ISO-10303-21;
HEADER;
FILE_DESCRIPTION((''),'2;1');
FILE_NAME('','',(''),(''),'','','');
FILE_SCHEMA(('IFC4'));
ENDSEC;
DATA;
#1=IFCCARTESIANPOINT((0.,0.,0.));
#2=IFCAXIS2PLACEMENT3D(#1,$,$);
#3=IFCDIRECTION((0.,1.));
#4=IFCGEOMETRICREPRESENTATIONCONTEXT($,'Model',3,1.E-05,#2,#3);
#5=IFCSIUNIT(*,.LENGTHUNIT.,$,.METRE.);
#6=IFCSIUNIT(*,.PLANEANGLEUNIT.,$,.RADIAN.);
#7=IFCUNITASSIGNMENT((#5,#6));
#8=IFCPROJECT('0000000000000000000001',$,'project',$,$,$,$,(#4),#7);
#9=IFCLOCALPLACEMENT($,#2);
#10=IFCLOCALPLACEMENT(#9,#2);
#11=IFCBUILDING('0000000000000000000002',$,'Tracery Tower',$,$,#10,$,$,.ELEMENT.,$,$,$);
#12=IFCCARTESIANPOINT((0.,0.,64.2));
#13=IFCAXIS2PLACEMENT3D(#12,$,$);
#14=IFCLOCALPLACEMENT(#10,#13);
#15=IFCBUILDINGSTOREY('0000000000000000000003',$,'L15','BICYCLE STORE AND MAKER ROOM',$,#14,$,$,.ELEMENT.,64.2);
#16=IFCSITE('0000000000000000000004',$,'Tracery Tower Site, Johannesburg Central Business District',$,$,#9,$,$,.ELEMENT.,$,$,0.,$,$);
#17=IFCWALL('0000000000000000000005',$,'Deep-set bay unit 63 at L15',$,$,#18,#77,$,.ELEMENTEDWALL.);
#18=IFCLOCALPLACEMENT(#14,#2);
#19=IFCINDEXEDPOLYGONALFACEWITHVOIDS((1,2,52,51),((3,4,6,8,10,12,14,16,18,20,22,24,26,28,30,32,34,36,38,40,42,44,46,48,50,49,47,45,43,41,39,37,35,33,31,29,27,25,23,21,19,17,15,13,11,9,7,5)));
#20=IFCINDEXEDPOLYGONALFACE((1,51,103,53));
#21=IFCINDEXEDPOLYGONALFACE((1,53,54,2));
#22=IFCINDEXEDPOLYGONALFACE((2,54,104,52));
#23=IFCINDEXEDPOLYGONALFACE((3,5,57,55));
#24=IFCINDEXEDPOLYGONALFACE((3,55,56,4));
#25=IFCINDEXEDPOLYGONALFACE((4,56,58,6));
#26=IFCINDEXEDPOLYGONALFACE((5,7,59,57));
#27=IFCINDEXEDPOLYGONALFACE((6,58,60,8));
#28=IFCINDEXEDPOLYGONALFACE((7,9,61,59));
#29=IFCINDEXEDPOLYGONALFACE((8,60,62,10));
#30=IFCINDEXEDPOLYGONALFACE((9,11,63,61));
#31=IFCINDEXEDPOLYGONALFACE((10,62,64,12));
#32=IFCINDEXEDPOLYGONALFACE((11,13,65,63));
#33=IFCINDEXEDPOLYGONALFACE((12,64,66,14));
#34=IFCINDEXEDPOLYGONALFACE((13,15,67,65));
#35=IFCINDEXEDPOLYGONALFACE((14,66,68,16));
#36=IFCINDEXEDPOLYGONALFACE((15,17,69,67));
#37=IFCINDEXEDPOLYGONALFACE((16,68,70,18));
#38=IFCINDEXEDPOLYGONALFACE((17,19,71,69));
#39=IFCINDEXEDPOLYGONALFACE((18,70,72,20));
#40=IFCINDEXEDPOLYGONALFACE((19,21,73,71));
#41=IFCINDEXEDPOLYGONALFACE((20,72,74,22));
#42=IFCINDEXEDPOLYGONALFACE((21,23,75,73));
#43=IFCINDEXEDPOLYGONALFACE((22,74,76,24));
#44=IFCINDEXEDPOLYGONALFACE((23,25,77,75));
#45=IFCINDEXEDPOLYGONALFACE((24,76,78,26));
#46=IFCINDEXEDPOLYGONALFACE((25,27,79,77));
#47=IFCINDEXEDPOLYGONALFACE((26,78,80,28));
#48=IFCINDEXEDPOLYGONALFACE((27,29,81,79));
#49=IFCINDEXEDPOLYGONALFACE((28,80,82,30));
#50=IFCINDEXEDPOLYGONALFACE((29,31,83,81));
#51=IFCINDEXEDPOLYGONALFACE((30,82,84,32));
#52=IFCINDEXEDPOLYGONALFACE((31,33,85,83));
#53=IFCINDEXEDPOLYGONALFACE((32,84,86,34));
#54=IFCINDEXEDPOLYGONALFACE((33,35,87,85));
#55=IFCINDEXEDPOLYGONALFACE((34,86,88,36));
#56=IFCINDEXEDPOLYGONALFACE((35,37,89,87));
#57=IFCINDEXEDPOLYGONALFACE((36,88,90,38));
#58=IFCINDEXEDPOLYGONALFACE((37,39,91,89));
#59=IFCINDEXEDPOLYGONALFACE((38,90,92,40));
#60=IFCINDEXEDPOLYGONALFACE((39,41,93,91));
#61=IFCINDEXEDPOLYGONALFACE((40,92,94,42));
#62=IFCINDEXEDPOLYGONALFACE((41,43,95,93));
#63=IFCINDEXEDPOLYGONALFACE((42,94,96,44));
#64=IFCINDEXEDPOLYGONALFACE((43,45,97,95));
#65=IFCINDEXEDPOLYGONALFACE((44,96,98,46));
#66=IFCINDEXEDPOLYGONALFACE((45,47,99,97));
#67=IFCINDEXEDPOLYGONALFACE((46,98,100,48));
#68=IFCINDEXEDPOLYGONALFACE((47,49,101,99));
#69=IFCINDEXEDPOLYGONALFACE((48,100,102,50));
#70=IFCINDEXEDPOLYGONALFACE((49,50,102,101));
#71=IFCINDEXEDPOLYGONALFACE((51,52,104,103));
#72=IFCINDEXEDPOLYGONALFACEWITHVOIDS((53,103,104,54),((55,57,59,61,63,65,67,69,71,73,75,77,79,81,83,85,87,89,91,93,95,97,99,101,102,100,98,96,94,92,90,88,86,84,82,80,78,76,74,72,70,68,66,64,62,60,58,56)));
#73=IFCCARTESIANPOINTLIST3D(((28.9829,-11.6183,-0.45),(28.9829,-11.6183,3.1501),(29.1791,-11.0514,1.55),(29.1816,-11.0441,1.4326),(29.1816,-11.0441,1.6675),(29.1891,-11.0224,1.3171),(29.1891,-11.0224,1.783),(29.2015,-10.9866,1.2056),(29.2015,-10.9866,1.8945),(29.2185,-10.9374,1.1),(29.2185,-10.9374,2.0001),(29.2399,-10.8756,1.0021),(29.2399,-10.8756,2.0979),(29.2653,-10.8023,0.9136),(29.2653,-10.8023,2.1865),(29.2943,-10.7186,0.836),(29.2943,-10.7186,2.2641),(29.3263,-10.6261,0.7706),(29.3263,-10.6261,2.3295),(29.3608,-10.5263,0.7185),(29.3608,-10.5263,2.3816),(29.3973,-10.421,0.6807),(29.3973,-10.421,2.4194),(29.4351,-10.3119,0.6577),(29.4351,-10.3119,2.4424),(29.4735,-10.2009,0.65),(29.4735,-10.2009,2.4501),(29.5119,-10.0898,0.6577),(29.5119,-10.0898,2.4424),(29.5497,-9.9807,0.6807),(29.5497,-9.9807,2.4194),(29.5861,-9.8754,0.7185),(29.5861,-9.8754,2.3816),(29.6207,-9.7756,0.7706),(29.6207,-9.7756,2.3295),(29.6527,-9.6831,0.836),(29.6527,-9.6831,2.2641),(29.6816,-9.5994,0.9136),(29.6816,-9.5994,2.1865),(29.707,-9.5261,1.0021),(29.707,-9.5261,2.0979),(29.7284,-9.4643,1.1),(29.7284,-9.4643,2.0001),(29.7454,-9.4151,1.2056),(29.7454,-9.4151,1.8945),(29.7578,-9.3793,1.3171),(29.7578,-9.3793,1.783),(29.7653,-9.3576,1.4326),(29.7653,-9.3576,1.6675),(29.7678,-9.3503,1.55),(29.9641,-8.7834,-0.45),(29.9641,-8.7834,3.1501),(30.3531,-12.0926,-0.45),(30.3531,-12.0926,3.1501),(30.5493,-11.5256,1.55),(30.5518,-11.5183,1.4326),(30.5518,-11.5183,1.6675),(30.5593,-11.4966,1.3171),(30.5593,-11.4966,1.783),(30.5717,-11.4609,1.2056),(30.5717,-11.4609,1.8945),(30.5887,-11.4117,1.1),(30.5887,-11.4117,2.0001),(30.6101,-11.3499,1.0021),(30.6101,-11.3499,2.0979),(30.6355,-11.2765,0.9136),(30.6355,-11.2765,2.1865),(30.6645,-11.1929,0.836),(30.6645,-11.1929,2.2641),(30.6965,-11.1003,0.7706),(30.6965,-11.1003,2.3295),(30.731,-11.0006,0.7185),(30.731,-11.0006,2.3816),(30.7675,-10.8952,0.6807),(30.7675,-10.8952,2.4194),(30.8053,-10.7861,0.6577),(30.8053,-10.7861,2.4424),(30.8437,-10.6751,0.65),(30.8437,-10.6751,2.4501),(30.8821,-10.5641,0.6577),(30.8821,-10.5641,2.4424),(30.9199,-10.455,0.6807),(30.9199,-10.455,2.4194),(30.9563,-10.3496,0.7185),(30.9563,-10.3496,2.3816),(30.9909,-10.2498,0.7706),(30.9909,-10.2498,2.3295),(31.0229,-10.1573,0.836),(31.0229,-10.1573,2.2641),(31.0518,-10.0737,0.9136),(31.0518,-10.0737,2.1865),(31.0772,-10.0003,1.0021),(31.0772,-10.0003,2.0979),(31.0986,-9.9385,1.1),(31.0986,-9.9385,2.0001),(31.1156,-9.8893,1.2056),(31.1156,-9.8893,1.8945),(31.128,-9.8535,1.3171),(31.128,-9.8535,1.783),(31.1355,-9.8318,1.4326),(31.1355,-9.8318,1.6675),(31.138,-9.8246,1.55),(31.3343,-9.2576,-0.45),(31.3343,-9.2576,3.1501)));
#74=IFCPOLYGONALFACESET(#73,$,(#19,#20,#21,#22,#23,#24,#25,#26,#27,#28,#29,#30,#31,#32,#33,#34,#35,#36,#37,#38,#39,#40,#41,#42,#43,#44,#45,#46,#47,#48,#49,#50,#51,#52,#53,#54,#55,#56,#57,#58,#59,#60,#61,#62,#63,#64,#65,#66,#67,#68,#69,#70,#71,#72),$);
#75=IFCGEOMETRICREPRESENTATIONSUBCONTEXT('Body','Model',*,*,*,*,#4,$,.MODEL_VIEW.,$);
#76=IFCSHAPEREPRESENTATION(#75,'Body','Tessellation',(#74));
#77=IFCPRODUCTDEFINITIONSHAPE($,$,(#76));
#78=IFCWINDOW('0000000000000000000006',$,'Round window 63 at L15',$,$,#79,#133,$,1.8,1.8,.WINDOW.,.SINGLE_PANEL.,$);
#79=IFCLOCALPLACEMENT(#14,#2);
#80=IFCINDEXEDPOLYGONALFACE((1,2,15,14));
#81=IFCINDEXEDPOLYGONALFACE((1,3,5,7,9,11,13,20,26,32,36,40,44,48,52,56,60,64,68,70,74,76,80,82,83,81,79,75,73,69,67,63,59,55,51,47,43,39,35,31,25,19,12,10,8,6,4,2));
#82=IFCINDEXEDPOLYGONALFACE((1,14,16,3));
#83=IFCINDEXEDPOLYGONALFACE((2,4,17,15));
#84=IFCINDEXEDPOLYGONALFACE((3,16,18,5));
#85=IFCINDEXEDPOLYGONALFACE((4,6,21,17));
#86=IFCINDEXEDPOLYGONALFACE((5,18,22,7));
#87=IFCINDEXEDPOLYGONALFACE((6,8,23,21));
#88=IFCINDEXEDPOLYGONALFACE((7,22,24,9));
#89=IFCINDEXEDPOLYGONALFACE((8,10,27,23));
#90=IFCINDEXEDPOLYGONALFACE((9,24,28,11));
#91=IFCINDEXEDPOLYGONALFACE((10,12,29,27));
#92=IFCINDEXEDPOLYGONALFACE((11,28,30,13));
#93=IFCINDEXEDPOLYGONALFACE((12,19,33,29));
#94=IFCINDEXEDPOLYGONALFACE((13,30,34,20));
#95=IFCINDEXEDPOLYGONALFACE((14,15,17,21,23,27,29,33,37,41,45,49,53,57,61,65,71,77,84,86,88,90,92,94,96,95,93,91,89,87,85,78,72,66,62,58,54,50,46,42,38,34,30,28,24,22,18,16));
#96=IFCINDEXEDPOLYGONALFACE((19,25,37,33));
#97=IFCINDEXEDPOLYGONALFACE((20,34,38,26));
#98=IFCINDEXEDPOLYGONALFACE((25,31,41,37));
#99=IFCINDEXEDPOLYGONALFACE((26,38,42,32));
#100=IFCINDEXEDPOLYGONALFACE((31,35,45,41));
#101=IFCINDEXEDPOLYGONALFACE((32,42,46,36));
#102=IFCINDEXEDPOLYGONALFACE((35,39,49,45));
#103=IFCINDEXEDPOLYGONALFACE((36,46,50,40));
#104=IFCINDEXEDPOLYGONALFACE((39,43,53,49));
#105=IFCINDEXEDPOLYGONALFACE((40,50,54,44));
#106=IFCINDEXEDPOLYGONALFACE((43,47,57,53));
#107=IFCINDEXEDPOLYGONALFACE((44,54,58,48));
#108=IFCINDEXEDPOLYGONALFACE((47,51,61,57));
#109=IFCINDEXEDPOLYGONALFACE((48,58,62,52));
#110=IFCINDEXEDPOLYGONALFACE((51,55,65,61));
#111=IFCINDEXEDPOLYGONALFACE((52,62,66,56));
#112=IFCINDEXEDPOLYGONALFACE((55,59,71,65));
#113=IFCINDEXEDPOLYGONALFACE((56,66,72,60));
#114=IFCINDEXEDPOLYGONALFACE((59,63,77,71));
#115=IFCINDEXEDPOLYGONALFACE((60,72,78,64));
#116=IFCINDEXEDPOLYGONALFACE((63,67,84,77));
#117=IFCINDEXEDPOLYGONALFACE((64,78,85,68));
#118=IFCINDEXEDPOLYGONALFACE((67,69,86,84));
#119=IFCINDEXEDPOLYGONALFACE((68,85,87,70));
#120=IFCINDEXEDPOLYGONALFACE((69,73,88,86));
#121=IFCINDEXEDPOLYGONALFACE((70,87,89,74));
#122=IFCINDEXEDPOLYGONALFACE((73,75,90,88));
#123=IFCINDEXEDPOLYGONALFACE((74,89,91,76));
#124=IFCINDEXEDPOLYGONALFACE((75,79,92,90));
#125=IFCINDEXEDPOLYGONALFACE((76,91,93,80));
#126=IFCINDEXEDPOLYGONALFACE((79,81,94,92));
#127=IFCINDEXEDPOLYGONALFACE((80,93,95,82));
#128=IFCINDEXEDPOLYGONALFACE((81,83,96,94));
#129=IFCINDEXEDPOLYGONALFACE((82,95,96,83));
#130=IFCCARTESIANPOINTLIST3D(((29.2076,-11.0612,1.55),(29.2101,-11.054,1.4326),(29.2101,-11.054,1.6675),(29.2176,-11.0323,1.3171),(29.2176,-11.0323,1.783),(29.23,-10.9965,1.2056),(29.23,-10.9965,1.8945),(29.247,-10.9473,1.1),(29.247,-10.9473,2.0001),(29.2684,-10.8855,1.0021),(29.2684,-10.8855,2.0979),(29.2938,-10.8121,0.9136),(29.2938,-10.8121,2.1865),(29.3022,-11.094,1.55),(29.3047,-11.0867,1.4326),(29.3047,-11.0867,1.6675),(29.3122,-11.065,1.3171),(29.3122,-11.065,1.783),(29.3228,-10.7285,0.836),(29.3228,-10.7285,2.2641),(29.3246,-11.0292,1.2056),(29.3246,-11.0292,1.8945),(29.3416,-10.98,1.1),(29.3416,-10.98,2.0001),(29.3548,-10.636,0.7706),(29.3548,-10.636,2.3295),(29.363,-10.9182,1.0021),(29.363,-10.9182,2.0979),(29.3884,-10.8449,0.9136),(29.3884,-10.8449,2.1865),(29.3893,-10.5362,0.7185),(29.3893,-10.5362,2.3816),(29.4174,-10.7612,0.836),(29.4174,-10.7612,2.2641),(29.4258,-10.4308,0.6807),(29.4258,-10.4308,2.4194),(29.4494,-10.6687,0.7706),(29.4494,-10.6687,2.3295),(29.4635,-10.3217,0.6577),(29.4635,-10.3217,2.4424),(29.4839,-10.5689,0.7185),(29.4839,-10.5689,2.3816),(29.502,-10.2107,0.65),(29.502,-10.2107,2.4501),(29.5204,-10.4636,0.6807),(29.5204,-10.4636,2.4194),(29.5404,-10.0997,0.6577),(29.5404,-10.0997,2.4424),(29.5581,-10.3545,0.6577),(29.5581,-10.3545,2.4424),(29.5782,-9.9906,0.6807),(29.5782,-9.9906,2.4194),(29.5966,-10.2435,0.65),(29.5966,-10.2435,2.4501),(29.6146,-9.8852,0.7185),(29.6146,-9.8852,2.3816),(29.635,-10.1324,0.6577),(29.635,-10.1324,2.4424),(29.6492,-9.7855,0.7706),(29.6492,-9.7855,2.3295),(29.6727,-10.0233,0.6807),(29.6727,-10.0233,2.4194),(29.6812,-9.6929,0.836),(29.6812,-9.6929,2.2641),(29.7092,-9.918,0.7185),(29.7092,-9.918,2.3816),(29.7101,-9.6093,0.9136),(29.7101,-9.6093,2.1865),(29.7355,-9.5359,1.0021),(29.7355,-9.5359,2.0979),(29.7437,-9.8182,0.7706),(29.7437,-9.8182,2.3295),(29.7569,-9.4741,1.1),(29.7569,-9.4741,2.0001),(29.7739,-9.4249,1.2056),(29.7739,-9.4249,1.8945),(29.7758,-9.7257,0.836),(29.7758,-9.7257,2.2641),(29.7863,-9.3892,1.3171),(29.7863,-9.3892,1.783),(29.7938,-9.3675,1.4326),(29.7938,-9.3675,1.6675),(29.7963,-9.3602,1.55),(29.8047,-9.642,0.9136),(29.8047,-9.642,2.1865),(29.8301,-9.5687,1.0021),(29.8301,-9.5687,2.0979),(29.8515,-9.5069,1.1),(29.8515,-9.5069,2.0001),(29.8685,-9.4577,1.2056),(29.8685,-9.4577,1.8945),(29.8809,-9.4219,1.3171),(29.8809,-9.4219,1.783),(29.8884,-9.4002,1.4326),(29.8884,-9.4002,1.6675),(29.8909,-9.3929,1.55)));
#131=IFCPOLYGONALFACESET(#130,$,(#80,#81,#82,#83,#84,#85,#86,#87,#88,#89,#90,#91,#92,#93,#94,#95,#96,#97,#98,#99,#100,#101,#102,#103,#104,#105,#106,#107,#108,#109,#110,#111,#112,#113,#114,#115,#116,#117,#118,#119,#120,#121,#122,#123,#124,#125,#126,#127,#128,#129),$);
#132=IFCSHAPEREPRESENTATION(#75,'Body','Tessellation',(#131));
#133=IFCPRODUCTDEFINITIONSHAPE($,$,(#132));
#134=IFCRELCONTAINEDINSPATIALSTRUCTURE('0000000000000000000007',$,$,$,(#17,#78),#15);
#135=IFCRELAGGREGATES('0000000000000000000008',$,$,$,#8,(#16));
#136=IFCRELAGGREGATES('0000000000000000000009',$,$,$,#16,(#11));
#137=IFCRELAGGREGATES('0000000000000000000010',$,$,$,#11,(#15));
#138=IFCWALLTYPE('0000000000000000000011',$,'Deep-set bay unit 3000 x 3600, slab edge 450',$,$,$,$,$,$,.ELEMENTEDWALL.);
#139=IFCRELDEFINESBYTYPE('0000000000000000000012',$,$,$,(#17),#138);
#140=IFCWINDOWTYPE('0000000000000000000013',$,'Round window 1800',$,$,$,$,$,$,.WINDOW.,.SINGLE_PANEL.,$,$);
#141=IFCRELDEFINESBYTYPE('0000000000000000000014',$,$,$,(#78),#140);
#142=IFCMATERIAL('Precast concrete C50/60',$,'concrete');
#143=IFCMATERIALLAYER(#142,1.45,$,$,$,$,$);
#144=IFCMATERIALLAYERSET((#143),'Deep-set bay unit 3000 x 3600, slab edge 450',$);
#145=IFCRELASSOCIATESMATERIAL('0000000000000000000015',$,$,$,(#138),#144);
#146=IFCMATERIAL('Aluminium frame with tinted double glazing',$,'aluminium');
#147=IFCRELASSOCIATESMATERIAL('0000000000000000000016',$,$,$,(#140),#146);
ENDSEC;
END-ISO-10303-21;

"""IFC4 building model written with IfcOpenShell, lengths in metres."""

from ifc_helpers import new_model, si_unit, direction, frame, frame_2d, origin, origin_2d, place, context, subcontext, project, spatial, rectangle, circle, extrude, material, layer, layer_set, type_object, element, fill, save


model = new_model("IFC4")

# Units and contexts
model_context = context("Model", 3, precision=1e-05, world=origin(), true_north=direction((0.0, 1.0)))
body_context = subcontext(model_context, "Body", "Model", "MODEL_VIEW")
ifc_project = project(units=[si_unit("LENGTHUNIT", "METRE"), si_unit("PLANEANGLEUNIT", "RADIAN")], contexts=[model_context])

# Site, building, storey
site_placement = place(None, origin())
site = spatial("IfcSite", under=ifc_project, at=site_placement, Name="Tracery Tower Site, Johannesburg Central Business District", CompositionType="ELEMENT", RefElevation=0.0)
building_placement = place(site_placement, origin())
building = spatial("IfcBuilding", under=site, at=building_placement, Name="Tracery Tower", CompositionType="ELEMENT")
storey_placement = place(building_placement, frame((0.0, 0.0, 64.2)))
storey = spatial("IfcBuildingStorey", under=building, at=storey_placement, Name="L15", Description="BICYCLE STORE AND MAKER ROOM", CompositionType="ELEMENT", Elevation=64.2)

# Wall, opening, window
ifc_material_1 = material(Name="Precast concrete C50/60", Category="concrete")
ifc_layer_1 = layer(ifc_material_1, 1.45)
ifc_layer_set_1 = layer_set([ifc_layer_1], Name="Deep-set bay unit 3000 x 3600, slab edge 450")
wall_type_1 = type_object("IfcWallType", Name="Deep-set bay unit 3000 x 3600, slab edge 450", PredefinedType="ELEMENTEDWALL", material=ifc_layer_set_1)
wall_1_placement = place(storey_placement, frame((29.668, -11.8555, -0.45), z_axis=(0.0, 0.0, 1.0), x_axis=(0.327071, 0.945, 0.0)))
wall_1 = element("IfcWall", 1, at=wall_1_placement, inside=storey, type_object=wall_type_1, Name="Deep-set bay unit 63 at L15", PredefinedType="ELEMENTEDWALL", context=body_context, shape_type="SweptSolid", body=[
    extrude(rectangle(XDim=3.0, YDim=1.45, at=frame_2d((1.5, 0.0))), origin(), (0.0, 0.0, 1.0), 3.6001),
])
opening_1_placement = place(wall_1_placement, frame((1.5, 0.0, 2.0)))
opening_1 = element("IfcOpeningElement", 2, at=opening_1_placement, cuts=wall_1, PredefinedType="OPENING", context=body_context, shape_type="SweptSolid", body=[
    extrude(circle(Radius=0.9, at=origin_2d()), frame((0.0, 0.7349, 0.0), z_axis=(0.0, -1.0, 0.0), x_axis=(1.0, 0.0, 0.0)), (0.0, 0.0, 1.0), 1.47),
])
ifc_material_2 = material(Name="Aluminium frame with tinted double glazing", Category="aluminium")
window_type = type_object("IfcWindowType", Name="Round window 1800", PartitioningType="SINGLE_PANEL", PredefinedType="WINDOW", material=ifc_material_2)
window_1_placement = place(opening_1_placement, origin())
window_1 = element("IfcWindow", 3, at=window_1_placement, inside=storey, type_object=window_type, Name="Round window 63 at L15", OverallHeight=1.8, OverallWidth=1.8, PartitioningType="SINGLE_PANEL", PredefinedType="WINDOW", context=body_context, shape_type="SweptSolid", body=[
    extrude(circle(Radius=0.9, at=origin_2d()), frame((0.0, 0.6948, 0.0), z_axis=(0.0, -1.0, 0.0), x_axis=(1.0, 0.0, 0.0)), (0.0, 0.0, 1.0), 0.1001),
])
fill(opening_1, window_1)

save(model, "model.ifc")
